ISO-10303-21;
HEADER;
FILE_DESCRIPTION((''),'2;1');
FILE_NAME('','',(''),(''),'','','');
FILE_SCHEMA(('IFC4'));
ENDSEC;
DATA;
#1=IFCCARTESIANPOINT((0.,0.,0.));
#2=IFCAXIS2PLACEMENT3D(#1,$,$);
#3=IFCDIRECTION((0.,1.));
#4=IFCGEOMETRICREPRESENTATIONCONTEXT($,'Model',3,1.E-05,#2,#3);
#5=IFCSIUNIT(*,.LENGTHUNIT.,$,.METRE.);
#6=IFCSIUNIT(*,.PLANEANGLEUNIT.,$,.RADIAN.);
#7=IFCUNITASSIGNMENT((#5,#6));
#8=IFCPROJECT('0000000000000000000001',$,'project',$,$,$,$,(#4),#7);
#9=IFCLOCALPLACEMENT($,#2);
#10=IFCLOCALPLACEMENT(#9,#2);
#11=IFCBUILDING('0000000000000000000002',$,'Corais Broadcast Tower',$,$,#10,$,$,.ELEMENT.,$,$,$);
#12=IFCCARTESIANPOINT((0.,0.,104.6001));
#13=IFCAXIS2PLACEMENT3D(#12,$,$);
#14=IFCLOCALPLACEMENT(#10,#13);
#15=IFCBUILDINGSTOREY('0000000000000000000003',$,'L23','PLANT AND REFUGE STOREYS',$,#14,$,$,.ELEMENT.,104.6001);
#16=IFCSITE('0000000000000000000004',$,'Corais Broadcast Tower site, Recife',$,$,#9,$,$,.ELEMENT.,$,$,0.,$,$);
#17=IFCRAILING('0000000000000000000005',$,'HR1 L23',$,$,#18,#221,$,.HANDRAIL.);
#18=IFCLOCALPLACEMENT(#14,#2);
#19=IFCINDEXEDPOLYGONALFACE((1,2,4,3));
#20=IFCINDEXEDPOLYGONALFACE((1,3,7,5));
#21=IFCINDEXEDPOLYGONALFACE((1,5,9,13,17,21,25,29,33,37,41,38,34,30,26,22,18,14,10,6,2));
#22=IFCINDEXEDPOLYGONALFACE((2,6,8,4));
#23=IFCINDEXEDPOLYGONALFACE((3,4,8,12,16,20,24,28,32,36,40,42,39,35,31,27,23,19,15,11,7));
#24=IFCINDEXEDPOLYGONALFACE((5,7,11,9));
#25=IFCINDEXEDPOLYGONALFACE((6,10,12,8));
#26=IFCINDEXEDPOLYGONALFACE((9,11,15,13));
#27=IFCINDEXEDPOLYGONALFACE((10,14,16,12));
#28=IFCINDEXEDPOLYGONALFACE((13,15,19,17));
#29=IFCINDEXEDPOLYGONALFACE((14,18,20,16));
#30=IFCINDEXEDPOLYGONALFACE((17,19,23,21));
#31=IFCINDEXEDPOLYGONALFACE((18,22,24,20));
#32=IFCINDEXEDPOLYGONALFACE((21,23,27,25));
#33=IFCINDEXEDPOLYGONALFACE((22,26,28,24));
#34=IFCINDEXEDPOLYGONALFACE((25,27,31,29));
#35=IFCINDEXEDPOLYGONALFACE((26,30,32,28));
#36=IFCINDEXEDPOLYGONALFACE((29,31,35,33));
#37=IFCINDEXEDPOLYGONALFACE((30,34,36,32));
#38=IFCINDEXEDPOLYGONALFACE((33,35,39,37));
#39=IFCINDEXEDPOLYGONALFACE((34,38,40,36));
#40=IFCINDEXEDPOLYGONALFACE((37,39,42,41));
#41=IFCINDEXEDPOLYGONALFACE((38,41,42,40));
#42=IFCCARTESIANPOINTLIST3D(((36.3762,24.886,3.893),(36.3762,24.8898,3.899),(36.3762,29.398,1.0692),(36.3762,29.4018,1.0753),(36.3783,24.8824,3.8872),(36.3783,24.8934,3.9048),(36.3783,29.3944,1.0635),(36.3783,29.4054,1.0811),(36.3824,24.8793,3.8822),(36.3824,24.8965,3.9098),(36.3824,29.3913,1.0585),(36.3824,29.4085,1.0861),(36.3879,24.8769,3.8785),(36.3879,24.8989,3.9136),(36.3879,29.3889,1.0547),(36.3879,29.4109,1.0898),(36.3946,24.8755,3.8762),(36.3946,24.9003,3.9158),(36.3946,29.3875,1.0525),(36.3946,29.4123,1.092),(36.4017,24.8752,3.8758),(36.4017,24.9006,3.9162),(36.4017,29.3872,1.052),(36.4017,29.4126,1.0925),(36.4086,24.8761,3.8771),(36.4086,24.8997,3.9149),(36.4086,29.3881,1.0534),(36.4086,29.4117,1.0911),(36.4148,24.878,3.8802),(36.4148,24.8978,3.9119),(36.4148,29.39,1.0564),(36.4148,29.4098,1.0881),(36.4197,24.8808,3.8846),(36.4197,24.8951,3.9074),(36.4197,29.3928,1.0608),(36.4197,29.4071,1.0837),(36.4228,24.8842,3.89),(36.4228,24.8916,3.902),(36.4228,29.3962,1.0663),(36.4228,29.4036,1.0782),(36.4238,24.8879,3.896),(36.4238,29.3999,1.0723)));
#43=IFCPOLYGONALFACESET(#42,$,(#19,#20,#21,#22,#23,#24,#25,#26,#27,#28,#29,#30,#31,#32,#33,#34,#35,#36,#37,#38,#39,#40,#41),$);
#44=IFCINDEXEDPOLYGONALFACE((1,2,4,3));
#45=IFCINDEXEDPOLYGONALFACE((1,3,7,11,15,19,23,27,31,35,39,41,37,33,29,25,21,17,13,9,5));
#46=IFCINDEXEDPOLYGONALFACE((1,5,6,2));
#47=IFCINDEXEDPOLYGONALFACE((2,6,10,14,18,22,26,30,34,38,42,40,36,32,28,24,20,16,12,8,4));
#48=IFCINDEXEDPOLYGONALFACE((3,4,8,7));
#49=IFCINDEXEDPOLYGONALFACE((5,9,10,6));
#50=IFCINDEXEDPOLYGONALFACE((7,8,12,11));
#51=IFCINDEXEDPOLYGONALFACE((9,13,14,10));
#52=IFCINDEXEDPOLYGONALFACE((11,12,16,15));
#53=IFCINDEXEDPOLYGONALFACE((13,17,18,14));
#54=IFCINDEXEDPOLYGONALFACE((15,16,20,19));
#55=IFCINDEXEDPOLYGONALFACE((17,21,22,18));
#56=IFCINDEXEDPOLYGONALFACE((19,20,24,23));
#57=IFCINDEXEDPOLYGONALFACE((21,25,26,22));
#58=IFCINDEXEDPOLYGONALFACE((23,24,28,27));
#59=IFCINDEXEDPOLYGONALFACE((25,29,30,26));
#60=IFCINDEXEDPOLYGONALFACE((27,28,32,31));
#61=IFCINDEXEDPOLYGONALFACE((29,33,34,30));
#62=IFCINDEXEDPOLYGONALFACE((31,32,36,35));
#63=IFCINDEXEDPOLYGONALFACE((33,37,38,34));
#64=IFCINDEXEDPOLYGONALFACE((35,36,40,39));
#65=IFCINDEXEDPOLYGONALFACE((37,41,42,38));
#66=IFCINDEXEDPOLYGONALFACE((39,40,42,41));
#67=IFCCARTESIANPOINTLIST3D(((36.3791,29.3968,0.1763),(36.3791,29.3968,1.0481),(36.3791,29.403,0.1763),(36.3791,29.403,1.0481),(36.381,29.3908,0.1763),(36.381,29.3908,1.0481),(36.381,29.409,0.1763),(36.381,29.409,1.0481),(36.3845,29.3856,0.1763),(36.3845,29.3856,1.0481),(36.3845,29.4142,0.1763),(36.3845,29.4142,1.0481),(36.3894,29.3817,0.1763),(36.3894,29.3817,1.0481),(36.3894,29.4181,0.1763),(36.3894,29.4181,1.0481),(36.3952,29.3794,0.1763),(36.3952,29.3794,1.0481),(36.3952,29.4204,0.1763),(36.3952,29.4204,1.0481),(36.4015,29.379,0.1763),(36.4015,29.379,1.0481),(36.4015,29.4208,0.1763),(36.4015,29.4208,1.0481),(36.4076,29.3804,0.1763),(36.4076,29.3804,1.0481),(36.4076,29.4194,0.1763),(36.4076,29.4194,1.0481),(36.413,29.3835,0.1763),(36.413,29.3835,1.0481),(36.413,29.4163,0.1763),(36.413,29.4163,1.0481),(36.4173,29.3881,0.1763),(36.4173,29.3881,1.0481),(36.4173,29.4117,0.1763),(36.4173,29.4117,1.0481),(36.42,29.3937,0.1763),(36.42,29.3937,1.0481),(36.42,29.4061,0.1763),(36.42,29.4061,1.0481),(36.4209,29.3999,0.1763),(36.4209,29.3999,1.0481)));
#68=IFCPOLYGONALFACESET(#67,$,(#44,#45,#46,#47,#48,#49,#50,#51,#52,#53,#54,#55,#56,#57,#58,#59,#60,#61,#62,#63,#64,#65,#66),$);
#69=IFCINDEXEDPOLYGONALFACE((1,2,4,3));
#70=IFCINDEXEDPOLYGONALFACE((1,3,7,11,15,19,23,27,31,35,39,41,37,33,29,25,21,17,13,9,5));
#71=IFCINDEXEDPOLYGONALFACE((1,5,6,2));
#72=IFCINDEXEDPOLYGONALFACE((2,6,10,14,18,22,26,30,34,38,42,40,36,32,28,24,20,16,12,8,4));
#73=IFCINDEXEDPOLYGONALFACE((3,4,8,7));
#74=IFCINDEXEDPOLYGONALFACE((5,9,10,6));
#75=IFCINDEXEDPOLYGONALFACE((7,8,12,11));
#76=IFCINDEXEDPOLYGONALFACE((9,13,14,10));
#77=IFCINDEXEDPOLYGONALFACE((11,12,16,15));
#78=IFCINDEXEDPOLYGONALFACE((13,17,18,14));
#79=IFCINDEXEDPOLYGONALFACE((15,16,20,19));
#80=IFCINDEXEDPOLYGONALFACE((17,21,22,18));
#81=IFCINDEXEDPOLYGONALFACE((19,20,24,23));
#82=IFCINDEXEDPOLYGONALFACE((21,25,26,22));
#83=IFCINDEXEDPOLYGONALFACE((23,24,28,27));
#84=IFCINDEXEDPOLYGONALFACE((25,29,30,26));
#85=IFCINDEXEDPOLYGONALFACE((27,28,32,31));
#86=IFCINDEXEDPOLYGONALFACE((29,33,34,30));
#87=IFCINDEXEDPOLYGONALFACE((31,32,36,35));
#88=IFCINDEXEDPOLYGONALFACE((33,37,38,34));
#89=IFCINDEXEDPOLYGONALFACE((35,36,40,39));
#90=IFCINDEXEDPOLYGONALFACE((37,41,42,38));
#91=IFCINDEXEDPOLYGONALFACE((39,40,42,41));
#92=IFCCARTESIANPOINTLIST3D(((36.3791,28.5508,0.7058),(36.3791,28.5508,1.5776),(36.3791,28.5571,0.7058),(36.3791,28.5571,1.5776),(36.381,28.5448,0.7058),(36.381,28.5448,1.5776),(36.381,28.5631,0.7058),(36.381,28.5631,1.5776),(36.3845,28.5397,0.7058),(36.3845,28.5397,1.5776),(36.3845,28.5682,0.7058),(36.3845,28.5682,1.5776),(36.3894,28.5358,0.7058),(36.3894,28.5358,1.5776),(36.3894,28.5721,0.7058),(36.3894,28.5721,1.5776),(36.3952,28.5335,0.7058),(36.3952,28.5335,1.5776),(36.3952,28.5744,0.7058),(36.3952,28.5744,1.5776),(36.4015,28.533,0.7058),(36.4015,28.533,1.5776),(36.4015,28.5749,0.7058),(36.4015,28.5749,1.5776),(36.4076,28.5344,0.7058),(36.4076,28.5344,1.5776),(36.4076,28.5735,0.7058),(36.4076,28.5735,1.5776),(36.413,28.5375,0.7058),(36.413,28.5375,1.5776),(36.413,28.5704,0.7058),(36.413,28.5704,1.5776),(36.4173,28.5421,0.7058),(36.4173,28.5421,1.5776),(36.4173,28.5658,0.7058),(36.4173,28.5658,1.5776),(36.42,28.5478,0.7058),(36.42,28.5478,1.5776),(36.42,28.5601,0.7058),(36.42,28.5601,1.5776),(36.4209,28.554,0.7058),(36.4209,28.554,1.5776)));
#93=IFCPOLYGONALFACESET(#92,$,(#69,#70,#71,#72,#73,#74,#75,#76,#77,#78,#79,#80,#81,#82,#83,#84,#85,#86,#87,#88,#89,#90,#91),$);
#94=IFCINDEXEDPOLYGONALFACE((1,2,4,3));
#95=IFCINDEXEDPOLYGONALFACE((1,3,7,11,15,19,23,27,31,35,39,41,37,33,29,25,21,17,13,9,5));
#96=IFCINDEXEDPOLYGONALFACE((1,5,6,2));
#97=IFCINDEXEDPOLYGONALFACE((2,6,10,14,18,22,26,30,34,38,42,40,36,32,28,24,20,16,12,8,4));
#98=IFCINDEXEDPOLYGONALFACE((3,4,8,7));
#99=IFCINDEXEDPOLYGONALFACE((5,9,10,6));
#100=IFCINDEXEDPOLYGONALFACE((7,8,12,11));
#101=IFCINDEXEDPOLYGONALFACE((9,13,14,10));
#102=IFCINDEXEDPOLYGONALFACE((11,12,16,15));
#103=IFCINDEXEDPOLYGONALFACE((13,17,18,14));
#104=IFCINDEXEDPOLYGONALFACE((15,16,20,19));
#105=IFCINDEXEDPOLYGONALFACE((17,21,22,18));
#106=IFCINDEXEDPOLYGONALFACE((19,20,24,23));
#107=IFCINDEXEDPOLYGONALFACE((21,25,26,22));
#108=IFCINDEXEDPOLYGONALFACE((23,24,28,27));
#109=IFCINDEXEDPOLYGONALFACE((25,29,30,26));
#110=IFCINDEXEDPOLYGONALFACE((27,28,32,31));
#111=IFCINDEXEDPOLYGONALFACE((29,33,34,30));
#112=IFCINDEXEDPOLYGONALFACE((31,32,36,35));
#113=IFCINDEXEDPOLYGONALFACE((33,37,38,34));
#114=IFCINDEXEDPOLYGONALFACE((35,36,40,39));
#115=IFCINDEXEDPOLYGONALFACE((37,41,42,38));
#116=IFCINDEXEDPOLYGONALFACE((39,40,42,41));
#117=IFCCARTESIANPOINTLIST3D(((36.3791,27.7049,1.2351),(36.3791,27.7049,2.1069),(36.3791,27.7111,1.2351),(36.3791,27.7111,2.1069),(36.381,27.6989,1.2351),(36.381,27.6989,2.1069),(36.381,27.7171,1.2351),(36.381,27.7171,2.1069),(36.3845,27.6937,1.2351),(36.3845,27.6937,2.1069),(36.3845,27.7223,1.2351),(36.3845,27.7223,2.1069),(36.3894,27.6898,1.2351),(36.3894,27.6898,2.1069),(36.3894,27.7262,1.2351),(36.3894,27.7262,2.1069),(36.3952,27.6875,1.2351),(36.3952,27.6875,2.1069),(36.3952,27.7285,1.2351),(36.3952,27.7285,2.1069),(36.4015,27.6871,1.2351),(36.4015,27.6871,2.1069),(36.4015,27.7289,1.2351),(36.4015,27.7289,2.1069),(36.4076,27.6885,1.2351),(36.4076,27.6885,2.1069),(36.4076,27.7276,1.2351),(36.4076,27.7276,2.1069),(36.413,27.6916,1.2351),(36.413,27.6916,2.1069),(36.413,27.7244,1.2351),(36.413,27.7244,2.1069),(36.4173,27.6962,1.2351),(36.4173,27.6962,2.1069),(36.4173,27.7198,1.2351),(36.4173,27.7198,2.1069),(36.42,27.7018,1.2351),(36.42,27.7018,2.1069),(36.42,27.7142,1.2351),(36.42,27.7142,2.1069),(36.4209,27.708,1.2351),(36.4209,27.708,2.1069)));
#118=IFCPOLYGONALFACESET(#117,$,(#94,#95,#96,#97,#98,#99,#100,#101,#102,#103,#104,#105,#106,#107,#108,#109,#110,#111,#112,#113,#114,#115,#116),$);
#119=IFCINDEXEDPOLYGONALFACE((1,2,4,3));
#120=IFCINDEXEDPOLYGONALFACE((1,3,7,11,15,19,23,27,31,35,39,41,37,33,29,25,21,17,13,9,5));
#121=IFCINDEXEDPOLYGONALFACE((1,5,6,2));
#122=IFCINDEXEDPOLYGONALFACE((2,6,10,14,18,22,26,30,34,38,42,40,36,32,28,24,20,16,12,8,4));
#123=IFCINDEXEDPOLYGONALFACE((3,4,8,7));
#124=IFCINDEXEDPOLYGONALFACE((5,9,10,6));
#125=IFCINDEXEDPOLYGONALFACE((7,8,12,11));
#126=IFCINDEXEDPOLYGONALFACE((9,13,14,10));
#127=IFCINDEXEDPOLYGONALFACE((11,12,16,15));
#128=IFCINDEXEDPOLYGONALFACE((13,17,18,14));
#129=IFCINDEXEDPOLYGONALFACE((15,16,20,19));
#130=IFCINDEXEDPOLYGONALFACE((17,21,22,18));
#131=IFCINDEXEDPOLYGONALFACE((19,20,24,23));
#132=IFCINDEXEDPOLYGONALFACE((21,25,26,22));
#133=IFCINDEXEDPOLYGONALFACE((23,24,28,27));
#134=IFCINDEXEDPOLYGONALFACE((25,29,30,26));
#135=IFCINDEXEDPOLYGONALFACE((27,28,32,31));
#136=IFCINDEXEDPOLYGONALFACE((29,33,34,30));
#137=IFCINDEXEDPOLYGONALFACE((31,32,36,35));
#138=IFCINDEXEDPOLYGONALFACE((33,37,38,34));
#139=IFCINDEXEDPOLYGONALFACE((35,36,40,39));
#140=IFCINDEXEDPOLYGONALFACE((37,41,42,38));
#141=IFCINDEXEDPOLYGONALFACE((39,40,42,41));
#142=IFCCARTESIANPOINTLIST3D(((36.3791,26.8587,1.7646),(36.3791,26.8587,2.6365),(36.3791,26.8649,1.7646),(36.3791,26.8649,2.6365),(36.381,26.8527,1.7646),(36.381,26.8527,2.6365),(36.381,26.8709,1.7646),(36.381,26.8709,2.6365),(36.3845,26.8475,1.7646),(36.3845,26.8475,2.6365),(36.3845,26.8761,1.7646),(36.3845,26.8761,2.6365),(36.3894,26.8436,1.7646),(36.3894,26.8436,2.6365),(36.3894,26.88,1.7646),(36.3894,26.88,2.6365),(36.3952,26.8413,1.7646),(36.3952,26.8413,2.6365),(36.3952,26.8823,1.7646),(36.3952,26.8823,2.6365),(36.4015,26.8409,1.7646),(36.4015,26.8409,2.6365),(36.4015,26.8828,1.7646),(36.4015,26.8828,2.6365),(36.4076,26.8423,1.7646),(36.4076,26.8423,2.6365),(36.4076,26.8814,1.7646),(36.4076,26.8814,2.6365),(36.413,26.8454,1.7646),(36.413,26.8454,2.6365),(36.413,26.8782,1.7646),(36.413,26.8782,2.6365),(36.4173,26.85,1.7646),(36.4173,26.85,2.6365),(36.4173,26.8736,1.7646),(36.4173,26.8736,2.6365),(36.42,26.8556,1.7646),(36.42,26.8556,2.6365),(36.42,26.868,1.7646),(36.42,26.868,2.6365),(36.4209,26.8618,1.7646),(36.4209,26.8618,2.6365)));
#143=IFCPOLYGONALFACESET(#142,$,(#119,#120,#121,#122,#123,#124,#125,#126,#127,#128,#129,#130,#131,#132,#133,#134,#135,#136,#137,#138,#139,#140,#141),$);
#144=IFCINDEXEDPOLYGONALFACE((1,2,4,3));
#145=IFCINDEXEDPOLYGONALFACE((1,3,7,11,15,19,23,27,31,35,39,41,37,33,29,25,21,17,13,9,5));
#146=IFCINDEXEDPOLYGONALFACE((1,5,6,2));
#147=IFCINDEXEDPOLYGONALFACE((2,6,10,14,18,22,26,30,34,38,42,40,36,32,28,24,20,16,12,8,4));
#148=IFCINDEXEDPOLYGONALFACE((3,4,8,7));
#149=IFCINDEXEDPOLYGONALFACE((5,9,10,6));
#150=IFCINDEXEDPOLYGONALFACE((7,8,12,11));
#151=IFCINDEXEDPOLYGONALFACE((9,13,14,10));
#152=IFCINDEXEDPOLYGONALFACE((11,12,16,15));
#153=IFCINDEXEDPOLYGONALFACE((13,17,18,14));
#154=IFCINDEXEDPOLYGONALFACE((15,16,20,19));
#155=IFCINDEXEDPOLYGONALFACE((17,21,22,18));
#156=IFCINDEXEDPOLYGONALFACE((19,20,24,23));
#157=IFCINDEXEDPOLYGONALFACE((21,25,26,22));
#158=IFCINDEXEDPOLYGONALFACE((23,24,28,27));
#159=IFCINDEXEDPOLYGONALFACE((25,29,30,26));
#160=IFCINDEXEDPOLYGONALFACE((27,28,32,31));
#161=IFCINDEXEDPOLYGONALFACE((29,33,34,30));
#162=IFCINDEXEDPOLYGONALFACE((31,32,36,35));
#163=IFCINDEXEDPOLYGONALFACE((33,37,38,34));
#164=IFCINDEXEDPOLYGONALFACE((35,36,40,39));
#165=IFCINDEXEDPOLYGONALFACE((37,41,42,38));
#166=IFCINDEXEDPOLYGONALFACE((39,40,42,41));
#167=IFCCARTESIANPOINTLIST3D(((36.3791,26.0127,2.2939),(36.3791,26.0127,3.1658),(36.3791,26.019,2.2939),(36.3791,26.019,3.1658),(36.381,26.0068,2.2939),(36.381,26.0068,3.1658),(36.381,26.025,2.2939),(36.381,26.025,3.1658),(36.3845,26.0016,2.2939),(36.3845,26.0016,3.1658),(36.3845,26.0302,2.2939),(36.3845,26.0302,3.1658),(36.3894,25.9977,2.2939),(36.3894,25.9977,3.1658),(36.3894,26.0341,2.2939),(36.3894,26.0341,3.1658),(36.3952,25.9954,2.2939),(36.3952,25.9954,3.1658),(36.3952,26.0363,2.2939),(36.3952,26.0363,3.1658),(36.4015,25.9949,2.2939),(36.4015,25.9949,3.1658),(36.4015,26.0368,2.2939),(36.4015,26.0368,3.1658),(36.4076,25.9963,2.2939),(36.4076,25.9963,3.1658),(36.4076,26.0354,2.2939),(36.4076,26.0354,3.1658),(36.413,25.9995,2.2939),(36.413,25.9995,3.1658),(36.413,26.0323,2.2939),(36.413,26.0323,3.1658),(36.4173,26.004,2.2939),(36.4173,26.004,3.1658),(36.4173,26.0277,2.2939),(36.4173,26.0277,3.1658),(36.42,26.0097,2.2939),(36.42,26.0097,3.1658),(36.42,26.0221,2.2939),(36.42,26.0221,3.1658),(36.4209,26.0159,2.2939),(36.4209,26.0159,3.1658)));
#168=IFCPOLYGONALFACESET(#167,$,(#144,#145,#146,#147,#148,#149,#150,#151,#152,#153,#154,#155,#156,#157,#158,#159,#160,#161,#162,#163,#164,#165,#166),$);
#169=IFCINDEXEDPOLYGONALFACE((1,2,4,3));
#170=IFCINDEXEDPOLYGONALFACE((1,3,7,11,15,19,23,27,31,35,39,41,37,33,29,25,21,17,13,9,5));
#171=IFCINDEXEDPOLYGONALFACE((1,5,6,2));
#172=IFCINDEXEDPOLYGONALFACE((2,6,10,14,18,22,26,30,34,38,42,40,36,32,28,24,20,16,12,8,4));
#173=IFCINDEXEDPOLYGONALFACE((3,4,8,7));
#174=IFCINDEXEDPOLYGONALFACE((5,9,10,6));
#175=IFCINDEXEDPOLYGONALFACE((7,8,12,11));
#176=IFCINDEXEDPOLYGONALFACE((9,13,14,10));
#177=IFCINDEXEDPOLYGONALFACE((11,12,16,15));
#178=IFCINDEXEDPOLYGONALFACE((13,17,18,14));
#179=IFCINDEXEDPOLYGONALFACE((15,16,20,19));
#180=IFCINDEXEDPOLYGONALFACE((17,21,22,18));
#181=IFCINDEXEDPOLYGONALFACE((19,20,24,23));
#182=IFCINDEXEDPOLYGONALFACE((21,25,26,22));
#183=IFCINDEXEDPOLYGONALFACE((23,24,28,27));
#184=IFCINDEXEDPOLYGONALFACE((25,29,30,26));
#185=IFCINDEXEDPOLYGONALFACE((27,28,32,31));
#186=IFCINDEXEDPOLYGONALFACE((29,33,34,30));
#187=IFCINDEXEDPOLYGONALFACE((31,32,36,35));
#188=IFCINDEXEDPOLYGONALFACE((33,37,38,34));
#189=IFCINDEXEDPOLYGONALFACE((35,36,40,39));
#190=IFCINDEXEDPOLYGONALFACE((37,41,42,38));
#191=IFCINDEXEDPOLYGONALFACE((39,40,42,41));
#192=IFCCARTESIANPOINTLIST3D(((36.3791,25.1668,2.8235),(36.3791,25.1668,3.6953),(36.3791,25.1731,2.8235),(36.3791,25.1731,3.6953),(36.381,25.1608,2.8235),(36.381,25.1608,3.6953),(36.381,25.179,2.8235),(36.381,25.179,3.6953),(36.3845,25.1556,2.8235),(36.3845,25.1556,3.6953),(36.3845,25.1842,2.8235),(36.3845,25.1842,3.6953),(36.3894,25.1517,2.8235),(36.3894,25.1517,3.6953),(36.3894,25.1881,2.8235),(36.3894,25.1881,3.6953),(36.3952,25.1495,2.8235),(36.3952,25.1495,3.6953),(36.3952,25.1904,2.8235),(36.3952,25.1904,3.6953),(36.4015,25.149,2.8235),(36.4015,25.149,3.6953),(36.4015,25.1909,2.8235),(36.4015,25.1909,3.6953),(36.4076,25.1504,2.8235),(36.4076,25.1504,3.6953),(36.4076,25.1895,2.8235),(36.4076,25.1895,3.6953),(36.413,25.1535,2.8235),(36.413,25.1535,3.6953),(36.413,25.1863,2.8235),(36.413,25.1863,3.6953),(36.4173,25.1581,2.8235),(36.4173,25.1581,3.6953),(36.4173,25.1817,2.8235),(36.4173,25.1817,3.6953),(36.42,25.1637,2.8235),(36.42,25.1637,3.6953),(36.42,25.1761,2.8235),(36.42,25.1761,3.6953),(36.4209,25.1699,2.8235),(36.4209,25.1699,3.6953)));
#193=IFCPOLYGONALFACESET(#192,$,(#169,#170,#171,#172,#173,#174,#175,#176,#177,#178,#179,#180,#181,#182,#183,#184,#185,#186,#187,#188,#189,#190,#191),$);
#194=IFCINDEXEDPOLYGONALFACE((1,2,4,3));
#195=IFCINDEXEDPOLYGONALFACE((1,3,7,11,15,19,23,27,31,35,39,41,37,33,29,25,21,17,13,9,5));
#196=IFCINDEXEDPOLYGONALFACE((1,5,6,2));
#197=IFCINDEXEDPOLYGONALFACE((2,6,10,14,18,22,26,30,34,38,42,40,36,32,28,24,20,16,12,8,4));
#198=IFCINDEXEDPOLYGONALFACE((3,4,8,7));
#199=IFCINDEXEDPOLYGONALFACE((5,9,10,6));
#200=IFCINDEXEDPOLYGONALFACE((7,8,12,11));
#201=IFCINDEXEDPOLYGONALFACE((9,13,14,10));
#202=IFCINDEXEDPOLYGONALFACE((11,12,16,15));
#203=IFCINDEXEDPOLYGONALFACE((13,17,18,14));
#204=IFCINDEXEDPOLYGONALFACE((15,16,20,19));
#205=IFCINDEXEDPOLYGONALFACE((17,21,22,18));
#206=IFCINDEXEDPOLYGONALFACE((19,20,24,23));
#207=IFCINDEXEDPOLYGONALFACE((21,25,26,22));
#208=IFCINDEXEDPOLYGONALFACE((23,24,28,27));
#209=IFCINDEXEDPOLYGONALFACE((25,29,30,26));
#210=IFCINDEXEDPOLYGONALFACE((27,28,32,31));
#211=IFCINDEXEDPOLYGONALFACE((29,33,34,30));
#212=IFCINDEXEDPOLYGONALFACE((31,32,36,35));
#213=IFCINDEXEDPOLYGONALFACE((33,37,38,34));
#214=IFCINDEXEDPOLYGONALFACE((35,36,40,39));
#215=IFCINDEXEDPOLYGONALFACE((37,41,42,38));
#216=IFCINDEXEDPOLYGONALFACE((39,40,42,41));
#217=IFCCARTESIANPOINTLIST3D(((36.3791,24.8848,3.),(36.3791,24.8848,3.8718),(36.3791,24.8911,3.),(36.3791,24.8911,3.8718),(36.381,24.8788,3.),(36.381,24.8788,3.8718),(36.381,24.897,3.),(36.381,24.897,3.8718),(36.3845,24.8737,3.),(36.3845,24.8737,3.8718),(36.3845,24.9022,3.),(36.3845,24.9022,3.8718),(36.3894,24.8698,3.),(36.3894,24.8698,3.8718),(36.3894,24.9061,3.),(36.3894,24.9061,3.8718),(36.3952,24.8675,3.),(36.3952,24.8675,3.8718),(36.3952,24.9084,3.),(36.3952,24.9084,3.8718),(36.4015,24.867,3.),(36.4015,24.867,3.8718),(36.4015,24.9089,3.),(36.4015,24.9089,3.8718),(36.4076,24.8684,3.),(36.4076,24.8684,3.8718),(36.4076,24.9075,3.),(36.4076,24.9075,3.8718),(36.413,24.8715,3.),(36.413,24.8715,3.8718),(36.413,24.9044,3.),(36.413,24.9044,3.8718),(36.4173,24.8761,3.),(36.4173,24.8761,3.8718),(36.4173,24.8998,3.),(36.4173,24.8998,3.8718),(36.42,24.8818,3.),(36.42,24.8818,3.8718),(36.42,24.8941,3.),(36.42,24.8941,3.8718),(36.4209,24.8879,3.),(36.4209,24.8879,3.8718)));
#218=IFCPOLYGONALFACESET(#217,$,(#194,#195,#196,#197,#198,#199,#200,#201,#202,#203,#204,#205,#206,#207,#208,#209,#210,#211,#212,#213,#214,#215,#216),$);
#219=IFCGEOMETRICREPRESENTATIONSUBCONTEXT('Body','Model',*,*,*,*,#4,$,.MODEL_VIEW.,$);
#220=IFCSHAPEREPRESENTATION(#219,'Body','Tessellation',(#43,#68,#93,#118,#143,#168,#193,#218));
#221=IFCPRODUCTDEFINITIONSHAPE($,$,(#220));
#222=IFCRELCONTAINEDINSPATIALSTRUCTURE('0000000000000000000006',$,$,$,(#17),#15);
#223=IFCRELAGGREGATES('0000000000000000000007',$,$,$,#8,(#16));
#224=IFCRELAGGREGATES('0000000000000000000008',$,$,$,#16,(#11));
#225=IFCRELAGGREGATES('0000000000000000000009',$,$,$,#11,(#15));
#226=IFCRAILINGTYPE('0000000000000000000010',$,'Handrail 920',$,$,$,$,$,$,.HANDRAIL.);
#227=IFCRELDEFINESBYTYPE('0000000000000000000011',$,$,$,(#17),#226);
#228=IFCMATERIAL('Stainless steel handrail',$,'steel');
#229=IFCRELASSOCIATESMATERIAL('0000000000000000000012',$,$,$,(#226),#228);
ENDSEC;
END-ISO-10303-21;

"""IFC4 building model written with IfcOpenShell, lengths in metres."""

from ifc_helpers import new_model, si_unit, direction, frame, origin, origin_2d, place, context, subcontext, project, spatial, circle, extrude, material, type_object, element, save


model = new_model("IFC4")

# Units and contexts
model_context = context("Model", 3, precision=1e-05, world=origin(), true_north=direction((0.0, 1.0)))
body_context = subcontext(model_context, "Body", "Model", "MODEL_VIEW")
ifc_project = project(units=[si_unit("LENGTHUNIT", "METRE"), si_unit("PLANEANGLEUNIT", "RADIAN")], contexts=[model_context])

# Site, building, storey
site_placement = place(None, origin())
site = spatial("IfcSite", under=ifc_project, at=site_placement, Name="Corais Broadcast Tower site, Recife", CompositionType="ELEMENT", RefElevation=0.0)
building_placement = place(site_placement, origin())
building = spatial("IfcBuilding", under=site, at=building_placement, Name="Corais Broadcast Tower", CompositionType="ELEMENT")
storey_placement = place(building_placement, frame((0.0, 0.0, 104.6001)))
storey = spatial("IfcBuildingStorey", under=building, at=storey_placement, Name="L23", Description="PLANT AND REFUGE STOREYS", CompositionType="ELEMENT", Elevation=104.6001)

# Railing
ifc_material_1 = material(Name="Stainless steel handrail", Category="steel")
railing_type = type_object("IfcRailingType", Name="Handrail 920", PredefinedType="HANDRAIL", material=ifc_material_1)
railing_1_placement = place(storey_placement, frame((36.3999, 29.3999, 0.1763)))
element("IfcRailing", 1, at=railing_1_placement, inside=storey, type_object=railing_type, Name="HR1 L23", PredefinedType="HANDRAIL", context=body_context, shape_type="SweptSolid", body=[
    extrude(circle(Radius=0.0239, at=origin_2d()), frame((0.0, 0.0, 0.896), z_axis=(0.0, -0.847681, 0.530506), x_axis=(1.0, 0.0, 0.0)), (0.0, 0.0, 1.0), 5.3228),
    extrude(circle(Radius=0.021, at=origin_2d()), origin(), (0.0, 0.0, 1.0), 0.8718),
    extrude(circle(Radius=0.021, at=origin_2d()), frame((0.0, -0.8459, 0.5295)), (0.0, 0.0, 1.0), 0.8718),
    extrude(circle(Radius=0.021, at=origin_2d()), frame((0.0, -1.6919, 1.0588)), (0.0, 0.0, 1.0), 0.8718),
    extrude(circle(Radius=0.021, at=origin_2d()), frame((0.0, -2.5381, 1.5884)), (0.0, 0.0, 1.0), 0.8718),
    extrude(circle(Radius=0.021, at=origin_2d()), frame((0.0, -3.384, 2.1177)), (0.0, 0.0, 1.0), 0.8718),
    extrude(circle(Radius=0.021, at=origin_2d()), frame((0.0, -4.23, 2.6472)), (0.0, 0.0, 1.0), 0.8718),
    extrude(circle(Radius=0.021, at=origin_2d()), frame((0.0, -4.512, 2.8237)), (0.0, 0.0, 1.0), 0.8718),
])

save(model, "model.ifc")
